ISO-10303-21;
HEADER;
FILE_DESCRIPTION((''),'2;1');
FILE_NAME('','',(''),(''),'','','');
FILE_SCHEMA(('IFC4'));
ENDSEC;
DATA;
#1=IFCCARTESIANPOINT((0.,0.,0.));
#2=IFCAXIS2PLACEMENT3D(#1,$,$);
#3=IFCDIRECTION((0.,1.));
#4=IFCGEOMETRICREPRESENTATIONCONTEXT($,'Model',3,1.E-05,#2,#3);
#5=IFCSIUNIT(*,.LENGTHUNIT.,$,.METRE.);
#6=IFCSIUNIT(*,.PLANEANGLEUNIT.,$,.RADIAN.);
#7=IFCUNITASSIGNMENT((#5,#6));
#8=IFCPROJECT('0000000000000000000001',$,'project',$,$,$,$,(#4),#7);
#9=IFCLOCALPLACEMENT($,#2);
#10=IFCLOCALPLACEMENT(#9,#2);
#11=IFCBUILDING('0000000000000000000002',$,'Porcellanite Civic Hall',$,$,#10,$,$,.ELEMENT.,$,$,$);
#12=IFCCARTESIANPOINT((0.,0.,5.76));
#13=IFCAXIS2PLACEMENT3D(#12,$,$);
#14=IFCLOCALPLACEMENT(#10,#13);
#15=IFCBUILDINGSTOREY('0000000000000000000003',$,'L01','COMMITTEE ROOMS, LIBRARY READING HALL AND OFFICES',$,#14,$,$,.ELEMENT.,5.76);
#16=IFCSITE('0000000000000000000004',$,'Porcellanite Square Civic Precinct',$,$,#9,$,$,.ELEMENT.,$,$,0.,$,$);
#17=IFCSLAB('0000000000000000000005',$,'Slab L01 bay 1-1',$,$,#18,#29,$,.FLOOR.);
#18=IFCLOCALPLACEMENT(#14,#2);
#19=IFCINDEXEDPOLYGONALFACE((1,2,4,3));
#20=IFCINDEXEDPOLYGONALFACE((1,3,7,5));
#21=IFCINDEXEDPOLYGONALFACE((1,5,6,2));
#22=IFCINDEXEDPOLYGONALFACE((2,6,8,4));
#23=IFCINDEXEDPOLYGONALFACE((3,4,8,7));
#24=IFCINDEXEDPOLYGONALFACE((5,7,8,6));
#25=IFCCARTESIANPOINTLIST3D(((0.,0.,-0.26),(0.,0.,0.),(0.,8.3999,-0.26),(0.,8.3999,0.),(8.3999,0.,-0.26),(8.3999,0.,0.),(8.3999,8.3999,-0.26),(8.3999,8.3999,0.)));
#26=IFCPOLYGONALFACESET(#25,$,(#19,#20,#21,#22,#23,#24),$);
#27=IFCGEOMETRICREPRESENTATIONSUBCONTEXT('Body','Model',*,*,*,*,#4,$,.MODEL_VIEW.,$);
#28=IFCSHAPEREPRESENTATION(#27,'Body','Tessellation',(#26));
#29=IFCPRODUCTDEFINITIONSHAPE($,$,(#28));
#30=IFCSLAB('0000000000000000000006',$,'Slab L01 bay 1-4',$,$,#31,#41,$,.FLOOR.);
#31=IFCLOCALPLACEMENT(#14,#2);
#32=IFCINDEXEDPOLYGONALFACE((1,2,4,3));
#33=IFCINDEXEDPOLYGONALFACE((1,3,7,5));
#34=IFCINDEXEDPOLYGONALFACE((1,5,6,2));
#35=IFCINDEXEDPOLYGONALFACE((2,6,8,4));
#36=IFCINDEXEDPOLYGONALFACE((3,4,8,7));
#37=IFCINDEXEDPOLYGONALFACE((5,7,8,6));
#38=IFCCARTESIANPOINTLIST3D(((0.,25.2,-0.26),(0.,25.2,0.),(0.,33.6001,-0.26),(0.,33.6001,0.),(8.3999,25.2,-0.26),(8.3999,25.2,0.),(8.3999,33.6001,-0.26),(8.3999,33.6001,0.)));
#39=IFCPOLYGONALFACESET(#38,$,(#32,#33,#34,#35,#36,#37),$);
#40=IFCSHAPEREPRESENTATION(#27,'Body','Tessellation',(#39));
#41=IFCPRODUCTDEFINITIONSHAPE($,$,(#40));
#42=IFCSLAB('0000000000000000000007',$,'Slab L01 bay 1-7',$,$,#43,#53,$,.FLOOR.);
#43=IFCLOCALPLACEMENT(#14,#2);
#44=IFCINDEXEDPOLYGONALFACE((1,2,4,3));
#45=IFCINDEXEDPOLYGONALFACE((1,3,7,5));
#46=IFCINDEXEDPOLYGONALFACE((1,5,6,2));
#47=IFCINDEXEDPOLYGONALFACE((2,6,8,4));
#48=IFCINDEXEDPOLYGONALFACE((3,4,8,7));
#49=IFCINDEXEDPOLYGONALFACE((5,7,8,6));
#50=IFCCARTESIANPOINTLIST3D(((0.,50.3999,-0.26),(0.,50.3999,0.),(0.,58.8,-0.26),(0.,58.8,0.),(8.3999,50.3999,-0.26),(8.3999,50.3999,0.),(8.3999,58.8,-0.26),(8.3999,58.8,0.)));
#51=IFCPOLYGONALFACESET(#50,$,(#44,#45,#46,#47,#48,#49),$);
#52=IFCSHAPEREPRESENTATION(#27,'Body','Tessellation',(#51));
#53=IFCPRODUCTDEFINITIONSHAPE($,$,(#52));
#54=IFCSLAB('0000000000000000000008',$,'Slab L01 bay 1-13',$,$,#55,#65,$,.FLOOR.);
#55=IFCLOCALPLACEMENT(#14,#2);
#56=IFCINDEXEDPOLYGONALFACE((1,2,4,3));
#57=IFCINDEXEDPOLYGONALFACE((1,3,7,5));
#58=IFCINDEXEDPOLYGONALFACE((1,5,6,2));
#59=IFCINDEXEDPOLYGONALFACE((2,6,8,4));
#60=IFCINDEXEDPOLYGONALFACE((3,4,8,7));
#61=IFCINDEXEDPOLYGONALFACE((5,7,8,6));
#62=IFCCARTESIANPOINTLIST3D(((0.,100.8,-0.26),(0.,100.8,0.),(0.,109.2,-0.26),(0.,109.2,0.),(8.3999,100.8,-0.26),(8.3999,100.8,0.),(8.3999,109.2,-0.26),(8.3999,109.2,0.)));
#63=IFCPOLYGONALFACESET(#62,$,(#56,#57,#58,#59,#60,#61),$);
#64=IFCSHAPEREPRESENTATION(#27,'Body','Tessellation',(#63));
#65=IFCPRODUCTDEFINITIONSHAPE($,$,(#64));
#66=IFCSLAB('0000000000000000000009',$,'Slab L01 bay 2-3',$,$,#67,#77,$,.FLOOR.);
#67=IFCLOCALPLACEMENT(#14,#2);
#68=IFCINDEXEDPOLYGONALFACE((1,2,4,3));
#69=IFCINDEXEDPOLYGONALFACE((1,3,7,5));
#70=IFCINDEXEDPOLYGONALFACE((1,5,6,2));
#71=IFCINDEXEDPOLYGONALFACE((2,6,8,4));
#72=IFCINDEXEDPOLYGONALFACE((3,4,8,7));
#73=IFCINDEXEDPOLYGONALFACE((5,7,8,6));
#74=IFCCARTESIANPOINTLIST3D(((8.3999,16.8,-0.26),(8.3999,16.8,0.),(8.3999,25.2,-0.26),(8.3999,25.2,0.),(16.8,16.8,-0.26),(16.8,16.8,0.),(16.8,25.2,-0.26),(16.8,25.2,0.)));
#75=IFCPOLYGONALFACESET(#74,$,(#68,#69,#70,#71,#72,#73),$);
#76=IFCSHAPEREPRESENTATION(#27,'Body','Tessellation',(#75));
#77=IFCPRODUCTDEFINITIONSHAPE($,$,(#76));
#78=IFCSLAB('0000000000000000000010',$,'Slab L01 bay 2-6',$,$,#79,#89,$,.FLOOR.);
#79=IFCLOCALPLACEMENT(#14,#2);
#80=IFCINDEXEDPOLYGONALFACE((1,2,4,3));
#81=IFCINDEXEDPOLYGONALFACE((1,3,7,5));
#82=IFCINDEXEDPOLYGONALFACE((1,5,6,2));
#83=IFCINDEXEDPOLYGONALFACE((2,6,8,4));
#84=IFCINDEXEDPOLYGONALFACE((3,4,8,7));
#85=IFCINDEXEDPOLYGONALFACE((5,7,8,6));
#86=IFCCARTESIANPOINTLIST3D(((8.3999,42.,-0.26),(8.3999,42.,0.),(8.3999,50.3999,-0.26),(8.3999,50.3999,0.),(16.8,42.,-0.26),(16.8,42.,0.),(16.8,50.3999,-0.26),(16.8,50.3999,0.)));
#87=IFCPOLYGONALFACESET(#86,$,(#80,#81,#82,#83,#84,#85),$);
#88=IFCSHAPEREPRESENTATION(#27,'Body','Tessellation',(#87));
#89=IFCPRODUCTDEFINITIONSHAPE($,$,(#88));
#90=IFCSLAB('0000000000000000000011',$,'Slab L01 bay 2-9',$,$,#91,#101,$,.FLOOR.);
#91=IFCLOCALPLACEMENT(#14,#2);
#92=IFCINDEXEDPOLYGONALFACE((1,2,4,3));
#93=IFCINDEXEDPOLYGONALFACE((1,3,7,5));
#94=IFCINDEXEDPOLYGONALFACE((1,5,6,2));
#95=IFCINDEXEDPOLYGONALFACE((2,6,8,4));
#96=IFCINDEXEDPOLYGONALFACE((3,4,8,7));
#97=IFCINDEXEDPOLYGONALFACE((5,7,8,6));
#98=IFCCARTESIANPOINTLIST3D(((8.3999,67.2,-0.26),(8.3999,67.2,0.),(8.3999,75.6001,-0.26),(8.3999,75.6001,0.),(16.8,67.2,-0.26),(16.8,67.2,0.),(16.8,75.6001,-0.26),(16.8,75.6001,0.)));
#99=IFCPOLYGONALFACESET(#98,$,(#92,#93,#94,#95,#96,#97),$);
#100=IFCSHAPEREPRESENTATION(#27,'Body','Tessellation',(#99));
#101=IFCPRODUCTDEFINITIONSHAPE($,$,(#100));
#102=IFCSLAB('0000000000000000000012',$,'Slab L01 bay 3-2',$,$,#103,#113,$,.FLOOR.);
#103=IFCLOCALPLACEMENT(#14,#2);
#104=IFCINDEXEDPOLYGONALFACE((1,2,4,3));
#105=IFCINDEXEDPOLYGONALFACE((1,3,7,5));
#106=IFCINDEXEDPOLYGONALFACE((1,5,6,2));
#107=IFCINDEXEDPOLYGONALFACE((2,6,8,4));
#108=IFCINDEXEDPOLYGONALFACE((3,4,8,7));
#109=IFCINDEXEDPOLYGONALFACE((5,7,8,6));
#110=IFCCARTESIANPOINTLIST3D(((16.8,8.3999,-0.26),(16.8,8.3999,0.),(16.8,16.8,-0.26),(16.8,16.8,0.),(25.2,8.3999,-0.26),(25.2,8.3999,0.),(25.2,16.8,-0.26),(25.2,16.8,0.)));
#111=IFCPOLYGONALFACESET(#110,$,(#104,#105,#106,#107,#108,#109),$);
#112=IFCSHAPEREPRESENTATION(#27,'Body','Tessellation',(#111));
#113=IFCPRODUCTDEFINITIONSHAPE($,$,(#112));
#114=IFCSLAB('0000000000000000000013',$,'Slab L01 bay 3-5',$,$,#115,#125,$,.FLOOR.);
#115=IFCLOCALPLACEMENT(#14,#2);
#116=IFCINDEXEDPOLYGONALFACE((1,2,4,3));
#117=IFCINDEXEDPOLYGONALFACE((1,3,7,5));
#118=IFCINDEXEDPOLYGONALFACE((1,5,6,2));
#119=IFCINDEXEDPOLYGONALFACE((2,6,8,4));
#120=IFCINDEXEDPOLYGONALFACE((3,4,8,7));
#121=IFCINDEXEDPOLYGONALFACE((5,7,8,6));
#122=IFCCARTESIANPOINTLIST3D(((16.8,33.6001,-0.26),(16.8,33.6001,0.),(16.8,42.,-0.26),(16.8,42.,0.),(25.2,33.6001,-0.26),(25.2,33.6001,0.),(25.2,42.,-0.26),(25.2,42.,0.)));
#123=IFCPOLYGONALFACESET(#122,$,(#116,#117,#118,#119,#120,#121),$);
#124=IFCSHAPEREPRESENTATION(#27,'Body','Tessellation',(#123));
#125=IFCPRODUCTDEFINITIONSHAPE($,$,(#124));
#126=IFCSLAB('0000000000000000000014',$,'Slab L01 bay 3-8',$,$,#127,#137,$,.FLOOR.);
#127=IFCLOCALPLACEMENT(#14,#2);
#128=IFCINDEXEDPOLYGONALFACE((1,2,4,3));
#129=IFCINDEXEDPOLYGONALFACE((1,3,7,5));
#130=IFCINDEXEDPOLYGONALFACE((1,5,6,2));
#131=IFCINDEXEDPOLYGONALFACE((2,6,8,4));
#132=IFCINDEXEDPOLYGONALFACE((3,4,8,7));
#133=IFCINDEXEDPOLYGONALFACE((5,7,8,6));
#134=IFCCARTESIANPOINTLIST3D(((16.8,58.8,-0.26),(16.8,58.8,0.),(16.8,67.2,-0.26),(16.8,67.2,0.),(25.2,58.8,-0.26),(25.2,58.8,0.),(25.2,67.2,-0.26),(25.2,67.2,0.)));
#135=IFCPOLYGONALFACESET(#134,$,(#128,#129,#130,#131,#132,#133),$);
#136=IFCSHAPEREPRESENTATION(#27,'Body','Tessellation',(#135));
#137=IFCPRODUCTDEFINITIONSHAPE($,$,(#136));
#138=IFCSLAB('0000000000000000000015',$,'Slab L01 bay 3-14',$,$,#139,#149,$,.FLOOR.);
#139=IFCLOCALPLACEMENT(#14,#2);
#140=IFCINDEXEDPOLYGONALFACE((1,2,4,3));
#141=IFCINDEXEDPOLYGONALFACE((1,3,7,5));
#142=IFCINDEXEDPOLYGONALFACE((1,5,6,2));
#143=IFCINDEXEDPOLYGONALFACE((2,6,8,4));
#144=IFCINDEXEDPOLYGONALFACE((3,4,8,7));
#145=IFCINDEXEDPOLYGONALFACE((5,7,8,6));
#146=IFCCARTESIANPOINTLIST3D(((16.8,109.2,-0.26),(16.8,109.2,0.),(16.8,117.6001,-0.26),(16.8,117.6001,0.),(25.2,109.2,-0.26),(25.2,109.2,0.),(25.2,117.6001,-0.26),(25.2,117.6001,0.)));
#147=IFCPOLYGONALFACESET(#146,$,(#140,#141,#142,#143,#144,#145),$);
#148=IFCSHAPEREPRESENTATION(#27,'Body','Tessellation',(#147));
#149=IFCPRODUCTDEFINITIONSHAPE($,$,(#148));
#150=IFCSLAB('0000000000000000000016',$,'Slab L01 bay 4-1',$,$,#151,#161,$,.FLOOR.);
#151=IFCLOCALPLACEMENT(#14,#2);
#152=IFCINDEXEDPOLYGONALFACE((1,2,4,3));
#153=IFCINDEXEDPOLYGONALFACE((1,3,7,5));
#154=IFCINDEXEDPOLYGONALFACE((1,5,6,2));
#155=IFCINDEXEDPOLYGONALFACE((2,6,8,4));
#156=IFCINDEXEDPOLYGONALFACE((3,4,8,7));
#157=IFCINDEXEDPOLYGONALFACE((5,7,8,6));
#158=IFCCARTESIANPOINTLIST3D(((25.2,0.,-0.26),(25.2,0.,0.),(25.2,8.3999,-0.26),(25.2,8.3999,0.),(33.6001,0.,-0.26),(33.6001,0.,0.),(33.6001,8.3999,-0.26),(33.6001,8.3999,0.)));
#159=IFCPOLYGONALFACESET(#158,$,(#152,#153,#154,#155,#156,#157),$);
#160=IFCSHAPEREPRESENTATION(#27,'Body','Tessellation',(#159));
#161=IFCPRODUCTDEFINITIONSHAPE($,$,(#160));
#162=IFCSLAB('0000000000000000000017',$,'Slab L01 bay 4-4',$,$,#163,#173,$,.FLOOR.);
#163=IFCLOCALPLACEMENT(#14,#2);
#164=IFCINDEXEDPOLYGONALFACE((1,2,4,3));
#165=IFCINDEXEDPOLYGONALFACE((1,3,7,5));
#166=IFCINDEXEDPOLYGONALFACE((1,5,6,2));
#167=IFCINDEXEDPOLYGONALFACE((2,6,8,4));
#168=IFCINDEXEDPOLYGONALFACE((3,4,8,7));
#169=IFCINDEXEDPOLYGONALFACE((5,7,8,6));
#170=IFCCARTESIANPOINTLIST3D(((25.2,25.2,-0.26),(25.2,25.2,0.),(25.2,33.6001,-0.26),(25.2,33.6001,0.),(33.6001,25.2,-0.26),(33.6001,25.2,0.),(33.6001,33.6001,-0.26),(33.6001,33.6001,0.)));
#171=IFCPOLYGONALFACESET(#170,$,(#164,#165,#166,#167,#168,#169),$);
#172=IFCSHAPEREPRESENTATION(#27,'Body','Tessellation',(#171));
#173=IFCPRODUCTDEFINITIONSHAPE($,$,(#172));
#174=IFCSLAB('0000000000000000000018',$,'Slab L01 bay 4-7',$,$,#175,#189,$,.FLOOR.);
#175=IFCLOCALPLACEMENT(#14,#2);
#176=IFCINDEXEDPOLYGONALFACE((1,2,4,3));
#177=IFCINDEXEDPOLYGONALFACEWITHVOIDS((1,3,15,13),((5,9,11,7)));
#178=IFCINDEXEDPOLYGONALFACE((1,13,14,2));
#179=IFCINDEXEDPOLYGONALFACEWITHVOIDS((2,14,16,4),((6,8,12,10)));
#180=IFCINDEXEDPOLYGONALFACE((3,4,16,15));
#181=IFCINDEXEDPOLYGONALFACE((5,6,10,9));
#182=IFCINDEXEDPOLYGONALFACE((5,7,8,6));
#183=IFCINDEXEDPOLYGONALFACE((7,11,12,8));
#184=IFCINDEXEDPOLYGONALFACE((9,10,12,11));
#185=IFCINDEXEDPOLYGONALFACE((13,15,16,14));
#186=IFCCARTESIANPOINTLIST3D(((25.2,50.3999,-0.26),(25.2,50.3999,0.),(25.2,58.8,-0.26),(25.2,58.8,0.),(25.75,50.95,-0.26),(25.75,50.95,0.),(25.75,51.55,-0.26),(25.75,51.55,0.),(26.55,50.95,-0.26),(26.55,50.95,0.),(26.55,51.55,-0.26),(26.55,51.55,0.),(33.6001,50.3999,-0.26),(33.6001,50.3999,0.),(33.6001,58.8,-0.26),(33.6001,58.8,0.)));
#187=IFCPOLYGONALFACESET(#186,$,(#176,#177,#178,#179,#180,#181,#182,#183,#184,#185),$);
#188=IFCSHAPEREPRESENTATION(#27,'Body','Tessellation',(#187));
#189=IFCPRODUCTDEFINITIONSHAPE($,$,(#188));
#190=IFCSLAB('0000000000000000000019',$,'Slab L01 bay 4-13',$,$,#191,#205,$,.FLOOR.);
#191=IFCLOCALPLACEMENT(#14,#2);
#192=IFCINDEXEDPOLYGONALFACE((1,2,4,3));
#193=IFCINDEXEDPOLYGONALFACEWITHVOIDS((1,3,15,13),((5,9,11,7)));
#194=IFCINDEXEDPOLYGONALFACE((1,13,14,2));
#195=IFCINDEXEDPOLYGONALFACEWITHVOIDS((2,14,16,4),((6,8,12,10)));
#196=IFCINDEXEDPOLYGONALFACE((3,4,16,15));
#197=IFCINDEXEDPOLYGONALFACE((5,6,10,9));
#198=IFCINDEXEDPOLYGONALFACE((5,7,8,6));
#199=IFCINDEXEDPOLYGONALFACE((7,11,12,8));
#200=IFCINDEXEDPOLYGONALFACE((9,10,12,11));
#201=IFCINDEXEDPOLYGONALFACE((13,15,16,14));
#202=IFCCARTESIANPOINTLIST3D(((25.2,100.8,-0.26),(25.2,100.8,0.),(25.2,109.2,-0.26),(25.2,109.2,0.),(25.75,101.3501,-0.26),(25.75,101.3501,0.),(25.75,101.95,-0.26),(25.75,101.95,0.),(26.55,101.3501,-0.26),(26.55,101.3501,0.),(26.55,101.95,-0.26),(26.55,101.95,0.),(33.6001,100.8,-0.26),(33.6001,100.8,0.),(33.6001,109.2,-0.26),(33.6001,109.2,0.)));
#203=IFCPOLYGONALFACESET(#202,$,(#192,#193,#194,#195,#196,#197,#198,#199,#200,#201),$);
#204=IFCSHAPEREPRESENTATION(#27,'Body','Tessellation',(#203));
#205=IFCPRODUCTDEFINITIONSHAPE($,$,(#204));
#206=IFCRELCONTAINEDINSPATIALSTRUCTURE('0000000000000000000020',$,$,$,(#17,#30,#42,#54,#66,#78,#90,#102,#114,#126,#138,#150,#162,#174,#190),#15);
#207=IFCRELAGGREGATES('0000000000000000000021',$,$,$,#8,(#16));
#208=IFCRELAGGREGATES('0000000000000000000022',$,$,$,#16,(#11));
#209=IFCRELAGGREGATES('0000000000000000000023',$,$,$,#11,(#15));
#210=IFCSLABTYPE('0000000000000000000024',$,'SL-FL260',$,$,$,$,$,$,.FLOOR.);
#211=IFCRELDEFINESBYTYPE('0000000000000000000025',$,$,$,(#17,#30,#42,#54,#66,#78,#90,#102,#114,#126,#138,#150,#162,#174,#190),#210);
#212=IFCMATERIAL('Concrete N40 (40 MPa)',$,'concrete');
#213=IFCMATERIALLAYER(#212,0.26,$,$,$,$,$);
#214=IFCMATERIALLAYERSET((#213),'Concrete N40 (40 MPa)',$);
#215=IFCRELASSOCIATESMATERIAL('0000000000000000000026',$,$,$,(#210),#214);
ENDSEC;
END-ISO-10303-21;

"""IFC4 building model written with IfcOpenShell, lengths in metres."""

from ifc_helpers import new_model, si_unit, direction, frame, origin, place, context, subcontext, project, spatial, polyline, outline, extrude, material, layer, layer_set, type_object, element, save


model = new_model("IFC4")

# Units and contexts
model_context = context("Model", 3, precision=1e-05, world=origin(), true_north=direction((0.0, 1.0)))
body_context = subcontext(model_context, "Body", "Model", "MODEL_VIEW")
ifc_project = project(units=[si_unit("LENGTHUNIT", "METRE"), si_unit("PLANEANGLEUNIT", "RADIAN")], contexts=[model_context])

# Site, building, storey
site_placement = place(None, origin())
site = spatial("IfcSite", under=ifc_project, at=site_placement, Name="Porcellanite Square Civic Precinct", CompositionType="ELEMENT", RefElevation=0.0)
building_placement = place(site_placement, origin())
building = spatial("IfcBuilding", under=site, at=building_placement, Name="Porcellanite Civic Hall", CompositionType="ELEMENT")
storey_placement = place(building_placement, frame((0.0, 0.0, 5.76)))
storey = spatial("IfcBuildingStorey", under=building, at=storey_placement, Name="L01", Description="COMMITTEE ROOMS, LIBRARY READING HALL AND OFFICES", CompositionType="ELEMENT", Elevation=5.76)

# Slabs
ifc_material = material(Name="Concrete N40 (40 MPa)", Category="concrete")
ifc_layer = layer(ifc_material, 0.26)
ifc_layer_set = layer_set([ifc_layer], Name="Concrete N40 (40 MPa)")
slab_type = type_object("IfcSlabType", Name="SL-FL260", PredefinedType="FLOOR", material=ifc_layer_set)
slab_1_placement = place(storey_placement, frame((0.0, 0.0, -0.26)))
element("IfcSlab", 1, at=slab_1_placement, inside=storey, type_object=slab_type, Name="Slab L01 bay 1-1", PredefinedType="FLOOR", context=body_context, shape_type="SweptSolid", body=[
    extrude(outline(polyline([(0.0, 0.0), (8.3999, 0.0), (8.3999, 8.3999), (0.0, 8.3999), (0.0, 0.0)])), origin(), (0.0, 0.0, 1.0), 0.26),
])
slab_2_placement = place(storey_placement, frame((0.0, 0.0, -0.26)))
element("IfcSlab", 2, at=slab_2_placement, inside=storey, type_object=slab_type, Name="Slab L01 bay 1-4", PredefinedType="FLOOR", context=body_context, shape_type="SweptSolid", body=[
    extrude(outline(polyline([(0.0, 25.2), (8.3999, 25.2), (8.3999, 33.6001), (0.0, 33.6001), (0.0, 25.2)])), origin(), (0.0, 0.0, 1.0), 0.26),
])
slab_3_placement = place(storey_placement, frame((0.0, 0.0, -0.26)))
element("IfcSlab", 3, at=slab_3_placement, inside=storey, type_object=slab_type, Name="Slab L01 bay 1-7", PredefinedType="FLOOR", context=body_context, shape_type="SweptSolid", body=[
    extrude(outline(polyline([(0.0, 50.3999), (8.3999, 50.3999), (8.3999, 58.8), (0.0, 58.8), (0.0, 50.3999)])), origin(), (0.0, 0.0, 1.0), 0.26),
])
slab_4_placement = place(storey_placement, frame((0.0, 0.0, -0.26)))
element("IfcSlab", 4, at=slab_4_placement, inside=storey, type_object=slab_type, Name="Slab L01 bay 1-13", PredefinedType="FLOOR", context=body_context, shape_type="SweptSolid", body=[
    extrude(outline(polyline([(0.0, 100.8), (8.3999, 100.8), (8.3999, 109.2), (0.0, 109.2), (0.0, 100.8)])), origin(), (0.0, 0.0, 1.0), 0.26),
])
slab_5_placement = place(storey_placement, frame((0.0, 0.0, -0.26)))
element("IfcSlab", 5, at=slab_5_placement, inside=storey, type_object=slab_type, Name="Slab L01 bay 2-3", PredefinedType="FLOOR", context=body_context, shape_type="SweptSolid", body=[
    extrude(outline(polyline([(8.3999, 16.8), (16.8, 16.8), (16.8, 25.2), (8.3999, 25.2), (8.3999, 16.8)])), origin(), (0.0, 0.0, 1.0), 0.26),
])
slab_6_placement = place(storey_placement, frame((0.0, 0.0, -0.26)))
element("IfcSlab", 6, at=slab_6_placement, inside=storey, type_object=slab_type, Name="Slab L01 bay 2-6", PredefinedType="FLOOR", context=body_context, shape_type="SweptSolid", body=[
    extrude(outline(polyline([(8.3999, 42.0), (16.8, 42.0), (16.8, 50.3999), (8.3999, 50.3999), (8.3999, 42.0)])), origin(), (0.0, 0.0, 1.0), 0.26),
])
slab_7_placement = place(storey_placement, frame((0.0, 0.0, -0.26)))
element("IfcSlab", 7, at=slab_7_placement, inside=storey, type_object=slab_type, Name="Slab L01 bay 2-9", PredefinedType="FLOOR", context=body_context, shape_type="SweptSolid", body=[
    extrude(outline(polyline([(8.3999, 67.2), (16.8, 67.2), (16.8, 75.6001), (8.3999, 75.6001), (8.3999, 67.2)])), origin(), (0.0, 0.0, 1.0), 0.26),
])
slab_8_placement = place(storey_placement, frame((0.0, 0.0, -0.26)))
element("IfcSlab", 8, at=slab_8_placement, inside=storey, type_object=slab_type, Name="Slab L01 bay 3-2", PredefinedType="FLOOR", context=body_context, shape_type="SweptSolid", body=[
    extrude(outline(polyline([(16.8, 8.3999), (25.2, 8.3999), (25.2, 16.8), (16.8, 16.8), (16.8, 8.3999)])), origin(), (0.0, 0.0, 1.0), 0.26),
])
slab_9_placement = place(storey_placement, frame((0.0, 0.0, -0.26)))
element("IfcSlab", 9, at=slab_9_placement, inside=storey, type_object=slab_type, Name="Slab L01 bay 3-5", PredefinedType="FLOOR", context=body_context, shape_type="SweptSolid", body=[
    extrude(outline(polyline([(16.8, 33.6001), (25.2, 33.6001), (25.2, 42.0), (16.8, 42.0), (16.8, 33.6001)])), origin(), (0.0, 0.0, 1.0), 0.26),
])
slab_10_placement = place(storey_placement, frame((0.0, 0.0, -0.26)))
element("IfcSlab", 10, at=slab_10_placement, inside=storey, type_object=slab_type, Name="Slab L01 bay 3-8", PredefinedType="FLOOR", context=body_context, shape_type="SweptSolid", body=[
    extrude(outline(polyline([(16.8, 58.8), (25.2, 58.8), (25.2, 67.2), (16.8, 67.2), (16.8, 58.8)])), origin(), (0.0, 0.0, 1.0), 0.26),
])
slab_11_placement = place(storey_placement, frame((0.0, 0.0, -0.26)))
element("IfcSlab", 11, at=slab_11_placement, inside=storey, type_object=slab_type, Name="Slab L01 bay 3-14", PredefinedType="FLOOR", context=body_context, shape_type="SweptSolid", body=[
    extrude(outline(polyline([(16.8, 109.2), (25.2, 109.2), (25.2, 117.6001), (16.8, 117.6001), (16.8, 109.2)])), origin(), (0.0, 0.0, 1.0), 0.26),
])
slab_12_placement = place(storey_placement, frame((0.0, 0.0, -0.26)))
element("IfcSlab", 12, at=slab_12_placement, inside=storey, type_object=slab_type, Name="Slab L01 bay 4-1", PredefinedType="FLOOR", context=body_context, shape_type="SweptSolid", body=[
    extrude(outline(polyline([(25.2, 0.0), (33.6001, 0.0), (33.6001, 8.3999), (25.2, 8.3999), (25.2, 0.0)])), origin(), (0.0, 0.0, 1.0), 0.26),
])
slab_13_placement = place(storey_placement, frame((0.0, 0.0, -0.26)))
element("IfcSlab", 13, at=slab_13_placement, inside=storey, type_object=slab_type, Name="Slab L01 bay 4-4", PredefinedType="FLOOR", context=body_context, shape_type="SweptSolid", body=[
    extrude(outline(polyline([(25.2, 25.2), (33.6001, 25.2), (33.6001, 33.6001), (25.2, 33.6001), (25.2, 25.2)])), origin(), (0.0, 0.0, 1.0), 0.26),
])
slab_14_placement = place(storey_placement, frame((0.0, 0.0, -0.26)))
element("IfcSlab", 14, at=slab_14_placement, inside=storey, type_object=slab_type, Name="Slab L01 bay 4-7", PredefinedType="FLOOR", context=body_context, shape_type="SweptSolid", body=[
    extrude(outline(polyline([(25.2, 50.3999), (33.6001, 50.3999), (33.6001, 58.8), (25.2, 58.8), (25.2, 50.3999)]), holes=[polyline([(25.75, 50.95), (26.55, 50.95), (26.55, 51.55), (25.75, 51.55), (25.75, 50.95)])]), origin(), (0.0, 0.0, 1.0), 0.26),
])
slab_15_placement = place(storey_placement, frame((0.0, 0.0, -0.26)))
element("IfcSlab", 15, at=slab_15_placement, inside=storey, type_object=slab_type, Name="Slab L01 bay 4-13", PredefinedType="FLOOR", context=body_context, shape_type="SweptSolid", body=[
    extrude(outline(polyline([(25.2, 100.8), (33.6001, 100.8), (33.6001, 109.2), (25.2, 109.2), (25.2, 100.8)]), holes=[polyline([(25.75, 101.3501), (26.55, 101.3501), (26.55, 101.95), (25.75, 101.95), (25.75, 101.3501)])]), origin(), (0.0, 0.0, 1.0), 0.26),
])

save(model, "model.ifc")
